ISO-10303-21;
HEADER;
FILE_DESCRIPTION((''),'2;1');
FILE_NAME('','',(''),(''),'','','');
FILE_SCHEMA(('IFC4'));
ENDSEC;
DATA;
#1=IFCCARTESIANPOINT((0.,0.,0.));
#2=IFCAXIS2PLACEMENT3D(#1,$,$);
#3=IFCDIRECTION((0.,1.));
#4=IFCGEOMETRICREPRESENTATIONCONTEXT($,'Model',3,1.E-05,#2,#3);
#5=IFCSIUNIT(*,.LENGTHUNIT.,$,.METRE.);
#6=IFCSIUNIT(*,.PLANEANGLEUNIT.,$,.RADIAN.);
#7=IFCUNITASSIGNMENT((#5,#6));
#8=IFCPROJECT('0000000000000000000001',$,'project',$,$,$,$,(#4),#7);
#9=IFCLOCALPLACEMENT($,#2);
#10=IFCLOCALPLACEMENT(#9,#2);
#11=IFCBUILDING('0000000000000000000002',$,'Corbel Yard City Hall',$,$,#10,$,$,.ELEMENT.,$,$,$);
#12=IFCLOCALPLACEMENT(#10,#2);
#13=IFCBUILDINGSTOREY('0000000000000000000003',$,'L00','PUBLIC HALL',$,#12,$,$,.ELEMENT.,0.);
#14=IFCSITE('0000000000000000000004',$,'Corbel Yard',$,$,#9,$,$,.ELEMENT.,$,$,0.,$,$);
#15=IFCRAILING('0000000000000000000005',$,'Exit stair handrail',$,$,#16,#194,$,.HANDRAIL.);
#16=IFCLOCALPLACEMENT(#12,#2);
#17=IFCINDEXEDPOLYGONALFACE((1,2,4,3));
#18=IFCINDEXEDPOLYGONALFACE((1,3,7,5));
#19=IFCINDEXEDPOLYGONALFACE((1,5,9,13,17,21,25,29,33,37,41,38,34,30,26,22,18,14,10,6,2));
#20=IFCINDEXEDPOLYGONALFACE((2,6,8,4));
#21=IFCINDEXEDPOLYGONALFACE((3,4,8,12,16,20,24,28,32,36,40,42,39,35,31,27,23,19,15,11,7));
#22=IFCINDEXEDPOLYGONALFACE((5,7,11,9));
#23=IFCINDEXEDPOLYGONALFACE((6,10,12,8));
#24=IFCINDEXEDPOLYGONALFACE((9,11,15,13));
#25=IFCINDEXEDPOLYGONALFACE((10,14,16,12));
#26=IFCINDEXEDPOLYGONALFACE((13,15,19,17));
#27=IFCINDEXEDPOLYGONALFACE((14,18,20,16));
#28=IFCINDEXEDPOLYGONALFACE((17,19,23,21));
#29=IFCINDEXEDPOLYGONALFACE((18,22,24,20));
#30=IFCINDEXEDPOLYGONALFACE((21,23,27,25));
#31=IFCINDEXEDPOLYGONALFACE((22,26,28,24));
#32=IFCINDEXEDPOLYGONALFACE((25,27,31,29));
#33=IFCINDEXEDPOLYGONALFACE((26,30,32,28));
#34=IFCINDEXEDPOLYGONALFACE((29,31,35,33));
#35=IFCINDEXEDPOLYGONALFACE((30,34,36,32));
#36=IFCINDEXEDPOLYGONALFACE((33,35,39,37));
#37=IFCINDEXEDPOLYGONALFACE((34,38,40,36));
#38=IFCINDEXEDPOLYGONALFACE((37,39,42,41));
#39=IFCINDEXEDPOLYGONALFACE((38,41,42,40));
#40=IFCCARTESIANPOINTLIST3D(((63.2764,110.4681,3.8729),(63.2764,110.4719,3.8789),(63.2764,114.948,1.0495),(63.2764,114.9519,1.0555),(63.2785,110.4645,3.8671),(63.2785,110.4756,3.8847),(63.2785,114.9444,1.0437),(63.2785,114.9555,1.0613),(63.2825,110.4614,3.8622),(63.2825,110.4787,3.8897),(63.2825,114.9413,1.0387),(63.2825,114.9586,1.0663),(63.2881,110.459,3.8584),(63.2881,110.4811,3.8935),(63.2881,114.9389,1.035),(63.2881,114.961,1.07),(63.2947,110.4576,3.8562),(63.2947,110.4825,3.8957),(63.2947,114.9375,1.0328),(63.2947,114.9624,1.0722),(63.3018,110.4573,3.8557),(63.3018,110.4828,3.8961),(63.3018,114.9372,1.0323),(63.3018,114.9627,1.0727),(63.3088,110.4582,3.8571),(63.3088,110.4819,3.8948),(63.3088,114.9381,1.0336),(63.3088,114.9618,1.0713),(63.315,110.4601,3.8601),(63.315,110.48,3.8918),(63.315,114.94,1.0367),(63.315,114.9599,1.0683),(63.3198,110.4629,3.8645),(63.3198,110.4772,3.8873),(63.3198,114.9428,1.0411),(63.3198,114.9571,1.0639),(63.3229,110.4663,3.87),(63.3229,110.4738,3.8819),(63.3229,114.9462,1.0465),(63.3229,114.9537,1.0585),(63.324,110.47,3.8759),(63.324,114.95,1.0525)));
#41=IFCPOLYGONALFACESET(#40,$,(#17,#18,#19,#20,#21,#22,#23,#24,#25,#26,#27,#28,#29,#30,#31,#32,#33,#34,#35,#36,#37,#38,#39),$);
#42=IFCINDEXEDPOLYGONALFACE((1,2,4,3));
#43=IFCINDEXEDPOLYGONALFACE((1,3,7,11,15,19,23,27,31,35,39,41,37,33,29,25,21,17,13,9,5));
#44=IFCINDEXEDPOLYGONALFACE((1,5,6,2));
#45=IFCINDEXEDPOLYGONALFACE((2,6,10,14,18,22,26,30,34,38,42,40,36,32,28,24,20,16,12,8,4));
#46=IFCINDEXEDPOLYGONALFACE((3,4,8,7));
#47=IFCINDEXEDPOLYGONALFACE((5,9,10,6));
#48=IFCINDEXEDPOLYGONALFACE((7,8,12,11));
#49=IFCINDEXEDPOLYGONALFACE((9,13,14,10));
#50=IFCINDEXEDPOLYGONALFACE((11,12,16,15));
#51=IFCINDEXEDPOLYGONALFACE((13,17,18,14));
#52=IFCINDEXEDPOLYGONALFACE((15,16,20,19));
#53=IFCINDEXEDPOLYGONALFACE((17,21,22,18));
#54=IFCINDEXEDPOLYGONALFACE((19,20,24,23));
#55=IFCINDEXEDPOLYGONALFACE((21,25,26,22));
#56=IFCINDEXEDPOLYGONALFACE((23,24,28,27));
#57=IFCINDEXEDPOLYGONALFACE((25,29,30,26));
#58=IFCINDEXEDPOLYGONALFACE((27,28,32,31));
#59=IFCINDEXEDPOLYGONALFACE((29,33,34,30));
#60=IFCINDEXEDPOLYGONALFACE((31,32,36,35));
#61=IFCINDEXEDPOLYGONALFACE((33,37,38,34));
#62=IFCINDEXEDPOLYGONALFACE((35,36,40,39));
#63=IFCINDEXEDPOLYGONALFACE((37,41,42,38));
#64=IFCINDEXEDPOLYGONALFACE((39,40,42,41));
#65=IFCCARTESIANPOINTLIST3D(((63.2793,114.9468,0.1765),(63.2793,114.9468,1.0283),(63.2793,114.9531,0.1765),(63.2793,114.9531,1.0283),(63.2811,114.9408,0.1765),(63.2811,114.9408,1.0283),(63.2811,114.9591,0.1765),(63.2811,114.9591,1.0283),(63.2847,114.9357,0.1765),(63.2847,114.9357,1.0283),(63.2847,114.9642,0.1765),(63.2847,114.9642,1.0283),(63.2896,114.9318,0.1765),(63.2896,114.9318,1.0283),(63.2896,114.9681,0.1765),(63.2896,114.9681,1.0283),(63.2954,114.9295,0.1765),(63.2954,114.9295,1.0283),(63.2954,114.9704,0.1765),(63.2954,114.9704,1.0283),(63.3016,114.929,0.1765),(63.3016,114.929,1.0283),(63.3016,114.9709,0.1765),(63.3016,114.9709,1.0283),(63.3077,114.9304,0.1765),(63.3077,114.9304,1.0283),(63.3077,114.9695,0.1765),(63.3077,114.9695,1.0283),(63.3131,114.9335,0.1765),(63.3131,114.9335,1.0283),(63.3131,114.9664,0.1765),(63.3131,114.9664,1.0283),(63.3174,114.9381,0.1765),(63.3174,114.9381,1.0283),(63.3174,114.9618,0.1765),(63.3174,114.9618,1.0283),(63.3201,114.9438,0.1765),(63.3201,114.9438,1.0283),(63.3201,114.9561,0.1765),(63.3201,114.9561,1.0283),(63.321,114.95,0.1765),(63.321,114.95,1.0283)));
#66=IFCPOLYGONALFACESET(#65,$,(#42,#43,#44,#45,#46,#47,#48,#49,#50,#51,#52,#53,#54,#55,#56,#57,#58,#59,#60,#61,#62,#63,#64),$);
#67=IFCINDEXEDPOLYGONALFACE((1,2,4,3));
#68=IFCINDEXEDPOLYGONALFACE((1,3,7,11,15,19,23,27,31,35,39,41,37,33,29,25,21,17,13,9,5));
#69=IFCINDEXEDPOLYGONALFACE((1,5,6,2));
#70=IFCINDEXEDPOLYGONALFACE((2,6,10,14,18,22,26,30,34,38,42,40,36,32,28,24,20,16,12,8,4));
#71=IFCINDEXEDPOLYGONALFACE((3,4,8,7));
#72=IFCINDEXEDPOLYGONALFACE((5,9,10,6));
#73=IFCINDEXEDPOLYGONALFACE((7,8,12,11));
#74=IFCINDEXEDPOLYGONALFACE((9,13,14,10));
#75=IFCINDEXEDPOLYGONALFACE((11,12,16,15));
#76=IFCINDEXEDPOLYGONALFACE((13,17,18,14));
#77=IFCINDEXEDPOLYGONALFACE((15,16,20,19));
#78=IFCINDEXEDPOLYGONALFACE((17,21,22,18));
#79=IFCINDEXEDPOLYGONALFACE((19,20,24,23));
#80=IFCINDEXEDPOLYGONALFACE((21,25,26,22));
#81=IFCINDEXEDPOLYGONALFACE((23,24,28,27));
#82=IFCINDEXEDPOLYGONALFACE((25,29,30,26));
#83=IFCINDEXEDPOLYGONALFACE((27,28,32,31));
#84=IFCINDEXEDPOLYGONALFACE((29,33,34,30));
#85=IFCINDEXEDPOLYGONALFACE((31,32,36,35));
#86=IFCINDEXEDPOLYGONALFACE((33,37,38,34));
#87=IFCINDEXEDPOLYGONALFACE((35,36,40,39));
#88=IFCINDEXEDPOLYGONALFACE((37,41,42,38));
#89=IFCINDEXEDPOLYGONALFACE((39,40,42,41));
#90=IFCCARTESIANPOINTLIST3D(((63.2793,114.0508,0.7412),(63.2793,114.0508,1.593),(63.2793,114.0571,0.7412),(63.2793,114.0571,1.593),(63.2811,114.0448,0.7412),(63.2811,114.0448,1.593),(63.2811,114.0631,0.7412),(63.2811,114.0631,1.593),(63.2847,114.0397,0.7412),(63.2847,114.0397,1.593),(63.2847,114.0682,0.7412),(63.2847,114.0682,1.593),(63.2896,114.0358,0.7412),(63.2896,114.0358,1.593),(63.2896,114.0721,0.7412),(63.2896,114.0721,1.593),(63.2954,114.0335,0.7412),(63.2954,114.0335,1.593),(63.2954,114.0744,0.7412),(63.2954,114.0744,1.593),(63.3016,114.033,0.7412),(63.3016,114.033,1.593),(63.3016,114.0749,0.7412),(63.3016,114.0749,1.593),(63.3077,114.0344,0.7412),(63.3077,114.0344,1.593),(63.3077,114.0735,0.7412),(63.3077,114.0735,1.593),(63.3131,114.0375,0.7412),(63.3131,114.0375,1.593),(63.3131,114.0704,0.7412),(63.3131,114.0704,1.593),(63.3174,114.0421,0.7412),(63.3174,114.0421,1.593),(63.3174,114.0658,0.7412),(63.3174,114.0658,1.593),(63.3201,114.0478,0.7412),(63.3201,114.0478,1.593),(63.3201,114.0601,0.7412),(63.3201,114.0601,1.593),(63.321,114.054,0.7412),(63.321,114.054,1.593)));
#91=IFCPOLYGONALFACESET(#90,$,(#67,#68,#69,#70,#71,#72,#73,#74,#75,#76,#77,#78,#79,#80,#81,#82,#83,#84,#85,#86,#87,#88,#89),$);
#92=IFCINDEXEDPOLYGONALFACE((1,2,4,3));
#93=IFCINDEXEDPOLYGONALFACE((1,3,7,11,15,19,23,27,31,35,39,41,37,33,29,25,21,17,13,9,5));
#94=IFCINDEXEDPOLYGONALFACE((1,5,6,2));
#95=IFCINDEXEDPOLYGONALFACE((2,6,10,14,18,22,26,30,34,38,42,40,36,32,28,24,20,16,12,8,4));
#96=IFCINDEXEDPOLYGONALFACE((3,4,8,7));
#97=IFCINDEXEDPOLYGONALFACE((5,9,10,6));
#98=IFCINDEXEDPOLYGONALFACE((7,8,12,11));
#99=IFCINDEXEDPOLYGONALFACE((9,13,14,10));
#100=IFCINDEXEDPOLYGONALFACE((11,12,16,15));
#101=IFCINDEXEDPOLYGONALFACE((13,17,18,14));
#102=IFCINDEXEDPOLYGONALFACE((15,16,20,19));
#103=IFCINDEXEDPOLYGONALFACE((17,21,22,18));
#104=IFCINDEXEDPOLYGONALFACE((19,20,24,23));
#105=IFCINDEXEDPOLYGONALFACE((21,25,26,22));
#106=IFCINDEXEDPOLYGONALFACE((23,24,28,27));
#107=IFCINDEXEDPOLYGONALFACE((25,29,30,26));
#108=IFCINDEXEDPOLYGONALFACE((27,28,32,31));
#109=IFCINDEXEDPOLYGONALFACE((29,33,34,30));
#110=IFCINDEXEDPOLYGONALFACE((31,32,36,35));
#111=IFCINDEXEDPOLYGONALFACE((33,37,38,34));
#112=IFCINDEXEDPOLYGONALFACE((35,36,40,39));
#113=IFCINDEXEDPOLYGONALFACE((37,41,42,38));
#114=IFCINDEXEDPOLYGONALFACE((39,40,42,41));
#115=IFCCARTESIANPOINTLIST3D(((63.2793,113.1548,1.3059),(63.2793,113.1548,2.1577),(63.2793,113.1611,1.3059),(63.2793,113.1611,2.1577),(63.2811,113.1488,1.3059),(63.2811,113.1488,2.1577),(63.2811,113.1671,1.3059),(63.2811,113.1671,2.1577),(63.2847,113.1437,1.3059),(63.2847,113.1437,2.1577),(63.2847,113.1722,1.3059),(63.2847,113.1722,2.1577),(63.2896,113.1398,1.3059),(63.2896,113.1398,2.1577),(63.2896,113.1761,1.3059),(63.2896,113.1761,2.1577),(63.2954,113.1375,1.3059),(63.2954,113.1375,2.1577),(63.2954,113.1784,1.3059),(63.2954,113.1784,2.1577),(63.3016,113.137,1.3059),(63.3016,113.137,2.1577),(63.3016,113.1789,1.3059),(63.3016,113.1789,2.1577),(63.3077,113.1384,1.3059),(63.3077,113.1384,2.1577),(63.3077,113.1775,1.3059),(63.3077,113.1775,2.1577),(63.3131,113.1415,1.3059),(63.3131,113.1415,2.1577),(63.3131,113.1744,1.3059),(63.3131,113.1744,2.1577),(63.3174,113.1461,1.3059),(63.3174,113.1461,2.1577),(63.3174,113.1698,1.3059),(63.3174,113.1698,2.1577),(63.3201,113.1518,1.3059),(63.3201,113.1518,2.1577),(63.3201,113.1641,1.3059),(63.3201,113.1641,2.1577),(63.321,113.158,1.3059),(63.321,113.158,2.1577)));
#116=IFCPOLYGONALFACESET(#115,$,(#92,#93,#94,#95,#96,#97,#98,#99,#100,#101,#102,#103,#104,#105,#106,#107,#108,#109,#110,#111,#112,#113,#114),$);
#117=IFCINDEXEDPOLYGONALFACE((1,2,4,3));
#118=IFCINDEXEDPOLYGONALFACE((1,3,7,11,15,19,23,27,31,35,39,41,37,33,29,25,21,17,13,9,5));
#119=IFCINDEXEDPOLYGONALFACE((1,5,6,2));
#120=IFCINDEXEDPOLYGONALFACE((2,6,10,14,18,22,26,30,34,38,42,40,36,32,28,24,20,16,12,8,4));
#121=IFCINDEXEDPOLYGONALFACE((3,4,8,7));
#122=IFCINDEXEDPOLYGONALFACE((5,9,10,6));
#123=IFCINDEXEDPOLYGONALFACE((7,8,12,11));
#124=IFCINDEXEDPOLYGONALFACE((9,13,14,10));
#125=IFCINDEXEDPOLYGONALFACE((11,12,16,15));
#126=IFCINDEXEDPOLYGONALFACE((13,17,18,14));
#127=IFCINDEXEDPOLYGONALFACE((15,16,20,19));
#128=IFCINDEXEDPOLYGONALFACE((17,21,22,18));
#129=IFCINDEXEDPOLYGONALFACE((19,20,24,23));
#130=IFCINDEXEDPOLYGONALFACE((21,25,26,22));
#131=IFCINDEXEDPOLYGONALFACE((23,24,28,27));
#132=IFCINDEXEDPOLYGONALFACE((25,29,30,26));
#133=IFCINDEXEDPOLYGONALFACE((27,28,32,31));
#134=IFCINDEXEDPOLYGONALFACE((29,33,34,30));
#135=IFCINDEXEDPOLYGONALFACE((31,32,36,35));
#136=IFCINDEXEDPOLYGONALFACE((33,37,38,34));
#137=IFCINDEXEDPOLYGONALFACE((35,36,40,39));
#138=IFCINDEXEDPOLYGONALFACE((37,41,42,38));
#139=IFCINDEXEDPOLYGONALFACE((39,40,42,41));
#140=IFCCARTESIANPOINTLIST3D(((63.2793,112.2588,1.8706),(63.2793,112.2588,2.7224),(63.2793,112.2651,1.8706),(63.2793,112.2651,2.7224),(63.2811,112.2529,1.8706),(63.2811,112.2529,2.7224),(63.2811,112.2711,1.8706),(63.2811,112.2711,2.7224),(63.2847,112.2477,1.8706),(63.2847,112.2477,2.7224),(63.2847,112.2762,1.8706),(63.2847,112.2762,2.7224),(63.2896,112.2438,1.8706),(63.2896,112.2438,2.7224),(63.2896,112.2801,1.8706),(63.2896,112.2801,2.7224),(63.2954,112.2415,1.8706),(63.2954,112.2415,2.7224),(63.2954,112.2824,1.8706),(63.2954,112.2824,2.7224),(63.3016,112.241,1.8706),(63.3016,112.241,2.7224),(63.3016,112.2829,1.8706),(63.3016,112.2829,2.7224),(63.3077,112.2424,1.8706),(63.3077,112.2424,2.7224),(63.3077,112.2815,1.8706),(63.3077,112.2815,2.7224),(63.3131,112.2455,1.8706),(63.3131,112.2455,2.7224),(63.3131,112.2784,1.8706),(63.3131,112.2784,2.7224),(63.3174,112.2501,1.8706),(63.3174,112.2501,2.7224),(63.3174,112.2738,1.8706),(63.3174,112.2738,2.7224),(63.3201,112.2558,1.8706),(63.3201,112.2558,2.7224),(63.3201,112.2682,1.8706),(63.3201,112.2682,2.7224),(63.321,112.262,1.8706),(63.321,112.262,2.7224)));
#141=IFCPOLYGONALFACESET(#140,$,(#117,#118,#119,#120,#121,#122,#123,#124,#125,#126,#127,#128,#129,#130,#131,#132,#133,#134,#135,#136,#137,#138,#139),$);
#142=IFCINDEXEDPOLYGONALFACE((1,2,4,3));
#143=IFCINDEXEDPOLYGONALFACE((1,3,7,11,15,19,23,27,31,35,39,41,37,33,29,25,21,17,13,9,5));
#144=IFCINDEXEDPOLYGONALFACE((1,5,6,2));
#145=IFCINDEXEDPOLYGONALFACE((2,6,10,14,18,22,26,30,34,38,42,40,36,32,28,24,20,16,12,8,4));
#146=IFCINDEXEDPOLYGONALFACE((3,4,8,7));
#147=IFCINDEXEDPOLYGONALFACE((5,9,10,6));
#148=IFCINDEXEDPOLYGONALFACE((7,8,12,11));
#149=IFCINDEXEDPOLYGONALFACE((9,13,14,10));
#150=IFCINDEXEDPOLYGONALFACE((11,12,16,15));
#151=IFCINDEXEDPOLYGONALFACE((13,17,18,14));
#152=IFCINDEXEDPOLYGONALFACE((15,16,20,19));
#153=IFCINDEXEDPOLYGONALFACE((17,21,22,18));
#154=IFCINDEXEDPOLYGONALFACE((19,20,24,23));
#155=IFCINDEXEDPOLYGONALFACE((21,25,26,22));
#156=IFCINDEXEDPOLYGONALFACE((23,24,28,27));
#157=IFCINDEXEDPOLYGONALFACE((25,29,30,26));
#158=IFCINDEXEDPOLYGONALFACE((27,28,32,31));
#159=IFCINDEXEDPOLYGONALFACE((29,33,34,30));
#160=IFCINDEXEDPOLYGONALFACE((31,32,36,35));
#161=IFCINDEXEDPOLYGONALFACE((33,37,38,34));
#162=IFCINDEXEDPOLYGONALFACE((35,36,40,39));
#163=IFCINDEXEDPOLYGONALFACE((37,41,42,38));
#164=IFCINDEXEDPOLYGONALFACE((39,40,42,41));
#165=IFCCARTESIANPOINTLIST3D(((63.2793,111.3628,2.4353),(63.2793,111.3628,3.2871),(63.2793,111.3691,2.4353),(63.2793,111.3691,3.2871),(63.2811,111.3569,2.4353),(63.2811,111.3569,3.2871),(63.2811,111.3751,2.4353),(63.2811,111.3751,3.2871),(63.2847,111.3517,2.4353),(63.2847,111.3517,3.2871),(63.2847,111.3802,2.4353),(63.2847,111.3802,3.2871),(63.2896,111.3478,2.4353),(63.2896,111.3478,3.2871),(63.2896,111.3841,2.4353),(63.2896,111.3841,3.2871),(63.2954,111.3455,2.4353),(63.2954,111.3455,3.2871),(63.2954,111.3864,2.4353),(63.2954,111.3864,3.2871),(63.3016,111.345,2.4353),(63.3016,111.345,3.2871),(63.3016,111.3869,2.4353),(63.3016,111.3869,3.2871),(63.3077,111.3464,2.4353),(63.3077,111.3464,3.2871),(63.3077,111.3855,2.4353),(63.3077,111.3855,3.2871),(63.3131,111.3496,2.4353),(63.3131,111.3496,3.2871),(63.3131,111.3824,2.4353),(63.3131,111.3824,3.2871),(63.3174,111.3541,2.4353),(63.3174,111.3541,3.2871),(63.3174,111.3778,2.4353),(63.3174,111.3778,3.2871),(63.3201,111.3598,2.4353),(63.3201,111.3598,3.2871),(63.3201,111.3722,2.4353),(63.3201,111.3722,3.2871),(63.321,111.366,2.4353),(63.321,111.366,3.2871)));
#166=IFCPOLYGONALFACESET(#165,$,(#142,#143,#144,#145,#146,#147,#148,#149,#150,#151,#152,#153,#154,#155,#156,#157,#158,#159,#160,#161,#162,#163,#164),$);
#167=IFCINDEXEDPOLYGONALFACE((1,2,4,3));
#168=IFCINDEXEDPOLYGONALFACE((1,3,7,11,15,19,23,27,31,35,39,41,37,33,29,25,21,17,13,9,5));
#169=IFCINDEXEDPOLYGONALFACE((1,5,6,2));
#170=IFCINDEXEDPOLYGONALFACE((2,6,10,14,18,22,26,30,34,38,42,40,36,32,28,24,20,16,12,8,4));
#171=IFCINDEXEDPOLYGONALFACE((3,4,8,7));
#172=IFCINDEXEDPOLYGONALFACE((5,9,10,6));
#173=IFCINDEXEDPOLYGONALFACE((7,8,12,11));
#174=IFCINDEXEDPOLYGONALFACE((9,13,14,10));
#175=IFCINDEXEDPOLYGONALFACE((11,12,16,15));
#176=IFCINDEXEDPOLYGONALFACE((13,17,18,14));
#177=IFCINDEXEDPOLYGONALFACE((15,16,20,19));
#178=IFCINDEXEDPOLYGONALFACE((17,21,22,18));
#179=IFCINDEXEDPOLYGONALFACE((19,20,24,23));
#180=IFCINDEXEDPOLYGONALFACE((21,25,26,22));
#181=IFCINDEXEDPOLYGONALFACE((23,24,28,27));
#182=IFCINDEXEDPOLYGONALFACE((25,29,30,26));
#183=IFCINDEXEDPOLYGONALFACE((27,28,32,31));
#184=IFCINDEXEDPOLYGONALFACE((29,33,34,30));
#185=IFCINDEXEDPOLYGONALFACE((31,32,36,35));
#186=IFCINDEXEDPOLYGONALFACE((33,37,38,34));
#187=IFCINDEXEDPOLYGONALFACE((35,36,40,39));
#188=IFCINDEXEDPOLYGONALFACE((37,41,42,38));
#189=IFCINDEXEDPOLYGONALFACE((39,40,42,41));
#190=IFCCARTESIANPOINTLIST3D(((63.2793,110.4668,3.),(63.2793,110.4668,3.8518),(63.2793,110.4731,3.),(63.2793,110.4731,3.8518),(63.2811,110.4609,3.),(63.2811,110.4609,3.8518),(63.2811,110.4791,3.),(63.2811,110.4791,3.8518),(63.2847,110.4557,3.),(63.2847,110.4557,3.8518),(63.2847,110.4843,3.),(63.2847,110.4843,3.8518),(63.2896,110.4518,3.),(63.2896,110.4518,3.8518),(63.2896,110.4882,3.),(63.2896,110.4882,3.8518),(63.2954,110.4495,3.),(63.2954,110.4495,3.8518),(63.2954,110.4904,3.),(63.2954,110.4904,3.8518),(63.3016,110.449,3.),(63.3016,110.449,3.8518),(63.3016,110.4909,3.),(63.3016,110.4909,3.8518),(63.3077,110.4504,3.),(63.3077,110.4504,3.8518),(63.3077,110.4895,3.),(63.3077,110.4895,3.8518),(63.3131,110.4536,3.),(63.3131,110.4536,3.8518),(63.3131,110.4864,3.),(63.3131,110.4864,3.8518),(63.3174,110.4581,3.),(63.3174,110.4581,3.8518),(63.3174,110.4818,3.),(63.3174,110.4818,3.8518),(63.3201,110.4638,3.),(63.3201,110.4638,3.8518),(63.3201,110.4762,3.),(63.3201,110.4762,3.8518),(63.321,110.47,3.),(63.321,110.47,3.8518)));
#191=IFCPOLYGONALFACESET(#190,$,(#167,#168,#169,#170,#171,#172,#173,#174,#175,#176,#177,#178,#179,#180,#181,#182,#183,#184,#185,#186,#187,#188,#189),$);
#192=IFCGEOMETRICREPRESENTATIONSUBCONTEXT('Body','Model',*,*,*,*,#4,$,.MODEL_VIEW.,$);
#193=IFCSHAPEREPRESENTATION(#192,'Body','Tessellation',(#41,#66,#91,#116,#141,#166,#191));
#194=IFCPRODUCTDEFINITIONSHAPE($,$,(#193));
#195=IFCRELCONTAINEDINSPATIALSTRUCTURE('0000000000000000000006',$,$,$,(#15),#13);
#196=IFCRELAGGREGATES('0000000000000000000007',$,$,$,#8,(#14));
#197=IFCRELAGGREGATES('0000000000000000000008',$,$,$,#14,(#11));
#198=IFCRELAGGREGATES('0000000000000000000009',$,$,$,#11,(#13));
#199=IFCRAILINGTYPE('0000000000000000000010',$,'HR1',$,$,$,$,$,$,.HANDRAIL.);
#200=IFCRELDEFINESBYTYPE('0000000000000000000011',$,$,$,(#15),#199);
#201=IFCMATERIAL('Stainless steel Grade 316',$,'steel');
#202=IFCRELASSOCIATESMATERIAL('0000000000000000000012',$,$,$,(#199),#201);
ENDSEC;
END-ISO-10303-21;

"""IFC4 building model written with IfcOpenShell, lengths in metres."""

from ifc_helpers import new_model, si_unit, direction, frame, origin, origin_2d, place, context, subcontext, project, spatial, circle, extrude, material, type_object, element, save


model = new_model("IFC4")

# Units and contexts
model_context = context("Model", 3, precision=1e-05, world=origin(), true_north=direction((0.0, 1.0)))
body_context = subcontext(model_context, "Body", "Model", "MODEL_VIEW")
ifc_project = project(units=[si_unit("LENGTHUNIT", "METRE"), si_unit("PLANEANGLEUNIT", "RADIAN")], contexts=[model_context])

# Site, building, storey
site_placement = place(None, origin())
site = spatial("IfcSite", under=ifc_project, at=site_placement, Name="Corbel Yard", CompositionType="ELEMENT", RefElevation=0.0)
building_placement = place(site_placement, origin())
building = spatial("IfcBuilding", under=site, at=building_placement, Name="Corbel Yard City Hall", CompositionType="ELEMENT")
storey_placement = place(building_placement, origin())
storey = spatial("IfcBuildingStorey", under=building, at=storey_placement, Name="L00", Description="PUBLIC HALL", CompositionType="ELEMENT", Elevation=0.0)

# Shared definitions
ifc_material_1 = material(Name="Stainless steel Grade 316", Category="steel")

# Railing
railing_type = type_object("IfcRailingType", Name="HR1", PredefinedType="HANDRAIL", material=ifc_material_1)
for number, where, name in (
    (1, (63.3, 114.95, 0.1765), "Exit stair handrail"),
):
    element("IfcRailing", number, at=place(storey_placement, frame(where)), inside=storey, type_object=railing_type, Name=name, PredefinedType="HANDRAIL", context=body_context, shape_type="SweptSolid", body=[
        extrude(circle(Radius=0.0239, at=origin_2d()), frame((0.0, 0.0, 0.876), z_axis=(0.0, -0.845998, 0.533186), x_axis=(1.0, 0.0, 0.0)), (0.0, 0.0, 1.0), 5.2954),
        extrude(circle(Radius=0.021, at=origin_2d()), origin(), (0.0, 0.0, 1.0), 0.8518),
        extrude(circle(Radius=0.021, at=origin_2d()), frame((0.0, -0.896, 0.5647)), (0.0, 0.0, 1.0), 0.8518),
        extrude(circle(Radius=0.021, at=origin_2d()), frame((0.0, -1.792, 1.1294)), (0.0, 0.0, 1.0), 0.8518),
        extrude(circle(Radius=0.021, at=origin_2d()), frame((0.0, -2.688, 1.6941)), (0.0, 0.0, 1.0), 0.8518),
        extrude(circle(Radius=0.021, at=origin_2d()), frame((0.0, -3.584, 2.2588)), (0.0, 0.0, 1.0), 0.8518),
        extrude(circle(Radius=0.021, at=origin_2d()), frame((0.0, -4.48, 2.8235)), (0.0, 0.0, 1.0), 0.8518),
    ])

save(model, "model.ifc")
